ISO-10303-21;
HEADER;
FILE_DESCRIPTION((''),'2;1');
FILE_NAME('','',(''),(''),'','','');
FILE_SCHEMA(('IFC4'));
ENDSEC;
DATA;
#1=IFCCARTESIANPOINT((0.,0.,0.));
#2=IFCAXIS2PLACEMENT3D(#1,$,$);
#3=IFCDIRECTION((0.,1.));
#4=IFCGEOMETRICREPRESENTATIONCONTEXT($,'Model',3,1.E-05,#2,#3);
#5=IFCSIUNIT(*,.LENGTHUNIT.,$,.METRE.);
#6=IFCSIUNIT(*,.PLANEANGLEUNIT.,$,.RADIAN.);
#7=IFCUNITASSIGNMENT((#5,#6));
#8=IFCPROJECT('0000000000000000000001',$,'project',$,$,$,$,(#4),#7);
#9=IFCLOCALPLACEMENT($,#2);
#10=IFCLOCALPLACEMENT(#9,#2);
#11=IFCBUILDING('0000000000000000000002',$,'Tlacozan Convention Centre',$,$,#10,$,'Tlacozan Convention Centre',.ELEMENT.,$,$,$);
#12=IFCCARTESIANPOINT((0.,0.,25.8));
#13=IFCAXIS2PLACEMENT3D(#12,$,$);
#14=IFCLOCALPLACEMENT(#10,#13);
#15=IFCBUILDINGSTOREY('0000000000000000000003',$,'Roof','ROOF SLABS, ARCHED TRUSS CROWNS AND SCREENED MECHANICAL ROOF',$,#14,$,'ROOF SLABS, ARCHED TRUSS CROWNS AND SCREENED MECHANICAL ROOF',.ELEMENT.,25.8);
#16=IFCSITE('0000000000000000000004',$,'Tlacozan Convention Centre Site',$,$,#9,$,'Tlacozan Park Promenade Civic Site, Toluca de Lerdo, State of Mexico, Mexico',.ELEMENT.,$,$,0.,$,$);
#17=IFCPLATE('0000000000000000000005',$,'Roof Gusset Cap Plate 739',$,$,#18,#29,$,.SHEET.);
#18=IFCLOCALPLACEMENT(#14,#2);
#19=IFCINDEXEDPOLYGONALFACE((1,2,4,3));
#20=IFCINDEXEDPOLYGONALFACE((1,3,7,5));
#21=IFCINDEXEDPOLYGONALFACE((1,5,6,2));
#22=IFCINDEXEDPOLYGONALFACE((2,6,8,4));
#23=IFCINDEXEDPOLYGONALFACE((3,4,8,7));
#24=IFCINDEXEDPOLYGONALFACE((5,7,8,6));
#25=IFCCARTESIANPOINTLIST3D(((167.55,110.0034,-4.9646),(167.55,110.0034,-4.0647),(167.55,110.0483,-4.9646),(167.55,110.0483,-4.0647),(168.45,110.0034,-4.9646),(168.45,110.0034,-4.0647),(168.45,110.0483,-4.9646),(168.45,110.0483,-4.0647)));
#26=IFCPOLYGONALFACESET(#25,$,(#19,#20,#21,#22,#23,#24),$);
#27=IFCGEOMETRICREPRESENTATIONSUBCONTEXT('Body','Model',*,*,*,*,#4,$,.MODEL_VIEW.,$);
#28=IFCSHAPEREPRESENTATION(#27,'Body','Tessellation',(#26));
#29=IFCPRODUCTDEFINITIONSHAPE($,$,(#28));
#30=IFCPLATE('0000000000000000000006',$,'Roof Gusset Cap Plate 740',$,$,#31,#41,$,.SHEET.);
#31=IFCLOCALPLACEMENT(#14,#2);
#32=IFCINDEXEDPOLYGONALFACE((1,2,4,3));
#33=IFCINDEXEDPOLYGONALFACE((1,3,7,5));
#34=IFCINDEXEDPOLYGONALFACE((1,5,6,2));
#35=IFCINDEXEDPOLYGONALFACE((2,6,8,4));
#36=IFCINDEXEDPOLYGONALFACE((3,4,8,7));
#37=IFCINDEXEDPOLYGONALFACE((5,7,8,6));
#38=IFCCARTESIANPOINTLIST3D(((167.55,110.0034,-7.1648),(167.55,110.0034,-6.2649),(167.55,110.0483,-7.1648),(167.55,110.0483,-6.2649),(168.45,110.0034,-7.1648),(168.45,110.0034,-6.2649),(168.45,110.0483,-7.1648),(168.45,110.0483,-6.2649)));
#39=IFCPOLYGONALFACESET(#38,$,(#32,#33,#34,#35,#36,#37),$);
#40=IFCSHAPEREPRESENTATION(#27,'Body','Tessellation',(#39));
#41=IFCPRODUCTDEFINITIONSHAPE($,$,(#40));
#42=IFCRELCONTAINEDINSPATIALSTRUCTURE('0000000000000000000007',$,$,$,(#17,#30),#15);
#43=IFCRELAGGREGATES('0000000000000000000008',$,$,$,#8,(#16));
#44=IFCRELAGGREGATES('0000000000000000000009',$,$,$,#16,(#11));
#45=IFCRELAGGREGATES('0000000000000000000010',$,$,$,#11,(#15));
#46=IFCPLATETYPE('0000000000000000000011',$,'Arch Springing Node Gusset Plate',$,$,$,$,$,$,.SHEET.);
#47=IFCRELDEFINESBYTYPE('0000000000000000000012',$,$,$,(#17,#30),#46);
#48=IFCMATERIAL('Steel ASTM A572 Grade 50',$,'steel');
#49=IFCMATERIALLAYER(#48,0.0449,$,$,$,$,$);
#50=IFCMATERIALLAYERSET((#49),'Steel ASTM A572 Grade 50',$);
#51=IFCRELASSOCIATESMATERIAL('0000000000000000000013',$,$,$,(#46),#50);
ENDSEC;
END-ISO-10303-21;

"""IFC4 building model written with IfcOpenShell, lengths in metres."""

from ifc_helpers import new_model, si_unit, direction, frame, origin, origin_2d, place, context, subcontext, project, spatial, rectangle, extrude, material, layer, layer_set, type_object, element, save


model = new_model("IFC4")

# Units and contexts
model_context = context("Model", 3, precision=1e-05, world=origin(), true_north=direction((0.0, 1.0)))
body_context = subcontext(model_context, "Body", "Model", "MODEL_VIEW")
ifc_project = project(units=[si_unit("LENGTHUNIT", "METRE"), si_unit("PLANEANGLEUNIT", "RADIAN")], contexts=[model_context])

# Site, building, storey
site_placement = place(None, origin())
site = spatial("IfcSite", under=ifc_project, at=site_placement, Name="Tlacozan Convention Centre Site", LongName="Tlacozan Park Promenade Civic Site, Toluca de Lerdo, State of Mexico, Mexico", CompositionType="ELEMENT", RefElevation=0.0)
building_placement = place(site_placement, origin())
building = spatial("IfcBuilding", under=site, at=building_placement, Name="Tlacozan Convention Centre", LongName="Tlacozan Convention Centre", CompositionType="ELEMENT")
storey_placement = place(building_placement, frame((0.0, 0.0, 25.8)))
storey = spatial("IfcBuildingStorey", under=building, at=storey_placement, Name="Roof", Description="ROOF SLABS, ARCHED TRUSS CROWNS AND SCREENED MECHANICAL ROOF", LongName="ROOF SLABS, ARCHED TRUSS CROWNS AND SCREENED MECHANICAL ROOF", CompositionType="ELEMENT", Elevation=25.8)

# Plates
ifc_material_1 = material(Name="Steel ASTM A572 Grade 50", Category="steel")
ifc_layer = layer(ifc_material_1, 0.0449)
ifc_layer_set = layer_set([ifc_layer], Name="Steel ASTM A572 Grade 50")
plate_type = type_object("IfcPlateType", Name="Arch Springing Node Gusset Plate", PredefinedType="SHEET", material=ifc_layer_set)
for number, where, z_axis, x_axis, name in (
    (1, (168.0, 110.0259, -4.9646), (0.0, 0.0, 1.0), (0.0, 1.0, 0.0), "Roof Gusset Cap Plate 739"),
    (2, (168.0, 110.0259, -7.1648), (0.0, 0.0, 1.0), (0.0, 1.0, 0.0), "Roof Gusset Cap Plate 740"),
):
    element("IfcPlate", number, at=place(storey_placement, frame(where, z_axis=z_axis, x_axis=x_axis)), inside=storey, type_object=plate_type, Name=name, PredefinedType="SHEET", context=body_context, shape_type="SweptSolid", body=[
        extrude(rectangle(XDim=0.0449, YDim=0.8999, at=origin_2d()), origin(), (0.0, 0.0, 1.0), 0.8999),
    ])

save(model, "model.ifc")
